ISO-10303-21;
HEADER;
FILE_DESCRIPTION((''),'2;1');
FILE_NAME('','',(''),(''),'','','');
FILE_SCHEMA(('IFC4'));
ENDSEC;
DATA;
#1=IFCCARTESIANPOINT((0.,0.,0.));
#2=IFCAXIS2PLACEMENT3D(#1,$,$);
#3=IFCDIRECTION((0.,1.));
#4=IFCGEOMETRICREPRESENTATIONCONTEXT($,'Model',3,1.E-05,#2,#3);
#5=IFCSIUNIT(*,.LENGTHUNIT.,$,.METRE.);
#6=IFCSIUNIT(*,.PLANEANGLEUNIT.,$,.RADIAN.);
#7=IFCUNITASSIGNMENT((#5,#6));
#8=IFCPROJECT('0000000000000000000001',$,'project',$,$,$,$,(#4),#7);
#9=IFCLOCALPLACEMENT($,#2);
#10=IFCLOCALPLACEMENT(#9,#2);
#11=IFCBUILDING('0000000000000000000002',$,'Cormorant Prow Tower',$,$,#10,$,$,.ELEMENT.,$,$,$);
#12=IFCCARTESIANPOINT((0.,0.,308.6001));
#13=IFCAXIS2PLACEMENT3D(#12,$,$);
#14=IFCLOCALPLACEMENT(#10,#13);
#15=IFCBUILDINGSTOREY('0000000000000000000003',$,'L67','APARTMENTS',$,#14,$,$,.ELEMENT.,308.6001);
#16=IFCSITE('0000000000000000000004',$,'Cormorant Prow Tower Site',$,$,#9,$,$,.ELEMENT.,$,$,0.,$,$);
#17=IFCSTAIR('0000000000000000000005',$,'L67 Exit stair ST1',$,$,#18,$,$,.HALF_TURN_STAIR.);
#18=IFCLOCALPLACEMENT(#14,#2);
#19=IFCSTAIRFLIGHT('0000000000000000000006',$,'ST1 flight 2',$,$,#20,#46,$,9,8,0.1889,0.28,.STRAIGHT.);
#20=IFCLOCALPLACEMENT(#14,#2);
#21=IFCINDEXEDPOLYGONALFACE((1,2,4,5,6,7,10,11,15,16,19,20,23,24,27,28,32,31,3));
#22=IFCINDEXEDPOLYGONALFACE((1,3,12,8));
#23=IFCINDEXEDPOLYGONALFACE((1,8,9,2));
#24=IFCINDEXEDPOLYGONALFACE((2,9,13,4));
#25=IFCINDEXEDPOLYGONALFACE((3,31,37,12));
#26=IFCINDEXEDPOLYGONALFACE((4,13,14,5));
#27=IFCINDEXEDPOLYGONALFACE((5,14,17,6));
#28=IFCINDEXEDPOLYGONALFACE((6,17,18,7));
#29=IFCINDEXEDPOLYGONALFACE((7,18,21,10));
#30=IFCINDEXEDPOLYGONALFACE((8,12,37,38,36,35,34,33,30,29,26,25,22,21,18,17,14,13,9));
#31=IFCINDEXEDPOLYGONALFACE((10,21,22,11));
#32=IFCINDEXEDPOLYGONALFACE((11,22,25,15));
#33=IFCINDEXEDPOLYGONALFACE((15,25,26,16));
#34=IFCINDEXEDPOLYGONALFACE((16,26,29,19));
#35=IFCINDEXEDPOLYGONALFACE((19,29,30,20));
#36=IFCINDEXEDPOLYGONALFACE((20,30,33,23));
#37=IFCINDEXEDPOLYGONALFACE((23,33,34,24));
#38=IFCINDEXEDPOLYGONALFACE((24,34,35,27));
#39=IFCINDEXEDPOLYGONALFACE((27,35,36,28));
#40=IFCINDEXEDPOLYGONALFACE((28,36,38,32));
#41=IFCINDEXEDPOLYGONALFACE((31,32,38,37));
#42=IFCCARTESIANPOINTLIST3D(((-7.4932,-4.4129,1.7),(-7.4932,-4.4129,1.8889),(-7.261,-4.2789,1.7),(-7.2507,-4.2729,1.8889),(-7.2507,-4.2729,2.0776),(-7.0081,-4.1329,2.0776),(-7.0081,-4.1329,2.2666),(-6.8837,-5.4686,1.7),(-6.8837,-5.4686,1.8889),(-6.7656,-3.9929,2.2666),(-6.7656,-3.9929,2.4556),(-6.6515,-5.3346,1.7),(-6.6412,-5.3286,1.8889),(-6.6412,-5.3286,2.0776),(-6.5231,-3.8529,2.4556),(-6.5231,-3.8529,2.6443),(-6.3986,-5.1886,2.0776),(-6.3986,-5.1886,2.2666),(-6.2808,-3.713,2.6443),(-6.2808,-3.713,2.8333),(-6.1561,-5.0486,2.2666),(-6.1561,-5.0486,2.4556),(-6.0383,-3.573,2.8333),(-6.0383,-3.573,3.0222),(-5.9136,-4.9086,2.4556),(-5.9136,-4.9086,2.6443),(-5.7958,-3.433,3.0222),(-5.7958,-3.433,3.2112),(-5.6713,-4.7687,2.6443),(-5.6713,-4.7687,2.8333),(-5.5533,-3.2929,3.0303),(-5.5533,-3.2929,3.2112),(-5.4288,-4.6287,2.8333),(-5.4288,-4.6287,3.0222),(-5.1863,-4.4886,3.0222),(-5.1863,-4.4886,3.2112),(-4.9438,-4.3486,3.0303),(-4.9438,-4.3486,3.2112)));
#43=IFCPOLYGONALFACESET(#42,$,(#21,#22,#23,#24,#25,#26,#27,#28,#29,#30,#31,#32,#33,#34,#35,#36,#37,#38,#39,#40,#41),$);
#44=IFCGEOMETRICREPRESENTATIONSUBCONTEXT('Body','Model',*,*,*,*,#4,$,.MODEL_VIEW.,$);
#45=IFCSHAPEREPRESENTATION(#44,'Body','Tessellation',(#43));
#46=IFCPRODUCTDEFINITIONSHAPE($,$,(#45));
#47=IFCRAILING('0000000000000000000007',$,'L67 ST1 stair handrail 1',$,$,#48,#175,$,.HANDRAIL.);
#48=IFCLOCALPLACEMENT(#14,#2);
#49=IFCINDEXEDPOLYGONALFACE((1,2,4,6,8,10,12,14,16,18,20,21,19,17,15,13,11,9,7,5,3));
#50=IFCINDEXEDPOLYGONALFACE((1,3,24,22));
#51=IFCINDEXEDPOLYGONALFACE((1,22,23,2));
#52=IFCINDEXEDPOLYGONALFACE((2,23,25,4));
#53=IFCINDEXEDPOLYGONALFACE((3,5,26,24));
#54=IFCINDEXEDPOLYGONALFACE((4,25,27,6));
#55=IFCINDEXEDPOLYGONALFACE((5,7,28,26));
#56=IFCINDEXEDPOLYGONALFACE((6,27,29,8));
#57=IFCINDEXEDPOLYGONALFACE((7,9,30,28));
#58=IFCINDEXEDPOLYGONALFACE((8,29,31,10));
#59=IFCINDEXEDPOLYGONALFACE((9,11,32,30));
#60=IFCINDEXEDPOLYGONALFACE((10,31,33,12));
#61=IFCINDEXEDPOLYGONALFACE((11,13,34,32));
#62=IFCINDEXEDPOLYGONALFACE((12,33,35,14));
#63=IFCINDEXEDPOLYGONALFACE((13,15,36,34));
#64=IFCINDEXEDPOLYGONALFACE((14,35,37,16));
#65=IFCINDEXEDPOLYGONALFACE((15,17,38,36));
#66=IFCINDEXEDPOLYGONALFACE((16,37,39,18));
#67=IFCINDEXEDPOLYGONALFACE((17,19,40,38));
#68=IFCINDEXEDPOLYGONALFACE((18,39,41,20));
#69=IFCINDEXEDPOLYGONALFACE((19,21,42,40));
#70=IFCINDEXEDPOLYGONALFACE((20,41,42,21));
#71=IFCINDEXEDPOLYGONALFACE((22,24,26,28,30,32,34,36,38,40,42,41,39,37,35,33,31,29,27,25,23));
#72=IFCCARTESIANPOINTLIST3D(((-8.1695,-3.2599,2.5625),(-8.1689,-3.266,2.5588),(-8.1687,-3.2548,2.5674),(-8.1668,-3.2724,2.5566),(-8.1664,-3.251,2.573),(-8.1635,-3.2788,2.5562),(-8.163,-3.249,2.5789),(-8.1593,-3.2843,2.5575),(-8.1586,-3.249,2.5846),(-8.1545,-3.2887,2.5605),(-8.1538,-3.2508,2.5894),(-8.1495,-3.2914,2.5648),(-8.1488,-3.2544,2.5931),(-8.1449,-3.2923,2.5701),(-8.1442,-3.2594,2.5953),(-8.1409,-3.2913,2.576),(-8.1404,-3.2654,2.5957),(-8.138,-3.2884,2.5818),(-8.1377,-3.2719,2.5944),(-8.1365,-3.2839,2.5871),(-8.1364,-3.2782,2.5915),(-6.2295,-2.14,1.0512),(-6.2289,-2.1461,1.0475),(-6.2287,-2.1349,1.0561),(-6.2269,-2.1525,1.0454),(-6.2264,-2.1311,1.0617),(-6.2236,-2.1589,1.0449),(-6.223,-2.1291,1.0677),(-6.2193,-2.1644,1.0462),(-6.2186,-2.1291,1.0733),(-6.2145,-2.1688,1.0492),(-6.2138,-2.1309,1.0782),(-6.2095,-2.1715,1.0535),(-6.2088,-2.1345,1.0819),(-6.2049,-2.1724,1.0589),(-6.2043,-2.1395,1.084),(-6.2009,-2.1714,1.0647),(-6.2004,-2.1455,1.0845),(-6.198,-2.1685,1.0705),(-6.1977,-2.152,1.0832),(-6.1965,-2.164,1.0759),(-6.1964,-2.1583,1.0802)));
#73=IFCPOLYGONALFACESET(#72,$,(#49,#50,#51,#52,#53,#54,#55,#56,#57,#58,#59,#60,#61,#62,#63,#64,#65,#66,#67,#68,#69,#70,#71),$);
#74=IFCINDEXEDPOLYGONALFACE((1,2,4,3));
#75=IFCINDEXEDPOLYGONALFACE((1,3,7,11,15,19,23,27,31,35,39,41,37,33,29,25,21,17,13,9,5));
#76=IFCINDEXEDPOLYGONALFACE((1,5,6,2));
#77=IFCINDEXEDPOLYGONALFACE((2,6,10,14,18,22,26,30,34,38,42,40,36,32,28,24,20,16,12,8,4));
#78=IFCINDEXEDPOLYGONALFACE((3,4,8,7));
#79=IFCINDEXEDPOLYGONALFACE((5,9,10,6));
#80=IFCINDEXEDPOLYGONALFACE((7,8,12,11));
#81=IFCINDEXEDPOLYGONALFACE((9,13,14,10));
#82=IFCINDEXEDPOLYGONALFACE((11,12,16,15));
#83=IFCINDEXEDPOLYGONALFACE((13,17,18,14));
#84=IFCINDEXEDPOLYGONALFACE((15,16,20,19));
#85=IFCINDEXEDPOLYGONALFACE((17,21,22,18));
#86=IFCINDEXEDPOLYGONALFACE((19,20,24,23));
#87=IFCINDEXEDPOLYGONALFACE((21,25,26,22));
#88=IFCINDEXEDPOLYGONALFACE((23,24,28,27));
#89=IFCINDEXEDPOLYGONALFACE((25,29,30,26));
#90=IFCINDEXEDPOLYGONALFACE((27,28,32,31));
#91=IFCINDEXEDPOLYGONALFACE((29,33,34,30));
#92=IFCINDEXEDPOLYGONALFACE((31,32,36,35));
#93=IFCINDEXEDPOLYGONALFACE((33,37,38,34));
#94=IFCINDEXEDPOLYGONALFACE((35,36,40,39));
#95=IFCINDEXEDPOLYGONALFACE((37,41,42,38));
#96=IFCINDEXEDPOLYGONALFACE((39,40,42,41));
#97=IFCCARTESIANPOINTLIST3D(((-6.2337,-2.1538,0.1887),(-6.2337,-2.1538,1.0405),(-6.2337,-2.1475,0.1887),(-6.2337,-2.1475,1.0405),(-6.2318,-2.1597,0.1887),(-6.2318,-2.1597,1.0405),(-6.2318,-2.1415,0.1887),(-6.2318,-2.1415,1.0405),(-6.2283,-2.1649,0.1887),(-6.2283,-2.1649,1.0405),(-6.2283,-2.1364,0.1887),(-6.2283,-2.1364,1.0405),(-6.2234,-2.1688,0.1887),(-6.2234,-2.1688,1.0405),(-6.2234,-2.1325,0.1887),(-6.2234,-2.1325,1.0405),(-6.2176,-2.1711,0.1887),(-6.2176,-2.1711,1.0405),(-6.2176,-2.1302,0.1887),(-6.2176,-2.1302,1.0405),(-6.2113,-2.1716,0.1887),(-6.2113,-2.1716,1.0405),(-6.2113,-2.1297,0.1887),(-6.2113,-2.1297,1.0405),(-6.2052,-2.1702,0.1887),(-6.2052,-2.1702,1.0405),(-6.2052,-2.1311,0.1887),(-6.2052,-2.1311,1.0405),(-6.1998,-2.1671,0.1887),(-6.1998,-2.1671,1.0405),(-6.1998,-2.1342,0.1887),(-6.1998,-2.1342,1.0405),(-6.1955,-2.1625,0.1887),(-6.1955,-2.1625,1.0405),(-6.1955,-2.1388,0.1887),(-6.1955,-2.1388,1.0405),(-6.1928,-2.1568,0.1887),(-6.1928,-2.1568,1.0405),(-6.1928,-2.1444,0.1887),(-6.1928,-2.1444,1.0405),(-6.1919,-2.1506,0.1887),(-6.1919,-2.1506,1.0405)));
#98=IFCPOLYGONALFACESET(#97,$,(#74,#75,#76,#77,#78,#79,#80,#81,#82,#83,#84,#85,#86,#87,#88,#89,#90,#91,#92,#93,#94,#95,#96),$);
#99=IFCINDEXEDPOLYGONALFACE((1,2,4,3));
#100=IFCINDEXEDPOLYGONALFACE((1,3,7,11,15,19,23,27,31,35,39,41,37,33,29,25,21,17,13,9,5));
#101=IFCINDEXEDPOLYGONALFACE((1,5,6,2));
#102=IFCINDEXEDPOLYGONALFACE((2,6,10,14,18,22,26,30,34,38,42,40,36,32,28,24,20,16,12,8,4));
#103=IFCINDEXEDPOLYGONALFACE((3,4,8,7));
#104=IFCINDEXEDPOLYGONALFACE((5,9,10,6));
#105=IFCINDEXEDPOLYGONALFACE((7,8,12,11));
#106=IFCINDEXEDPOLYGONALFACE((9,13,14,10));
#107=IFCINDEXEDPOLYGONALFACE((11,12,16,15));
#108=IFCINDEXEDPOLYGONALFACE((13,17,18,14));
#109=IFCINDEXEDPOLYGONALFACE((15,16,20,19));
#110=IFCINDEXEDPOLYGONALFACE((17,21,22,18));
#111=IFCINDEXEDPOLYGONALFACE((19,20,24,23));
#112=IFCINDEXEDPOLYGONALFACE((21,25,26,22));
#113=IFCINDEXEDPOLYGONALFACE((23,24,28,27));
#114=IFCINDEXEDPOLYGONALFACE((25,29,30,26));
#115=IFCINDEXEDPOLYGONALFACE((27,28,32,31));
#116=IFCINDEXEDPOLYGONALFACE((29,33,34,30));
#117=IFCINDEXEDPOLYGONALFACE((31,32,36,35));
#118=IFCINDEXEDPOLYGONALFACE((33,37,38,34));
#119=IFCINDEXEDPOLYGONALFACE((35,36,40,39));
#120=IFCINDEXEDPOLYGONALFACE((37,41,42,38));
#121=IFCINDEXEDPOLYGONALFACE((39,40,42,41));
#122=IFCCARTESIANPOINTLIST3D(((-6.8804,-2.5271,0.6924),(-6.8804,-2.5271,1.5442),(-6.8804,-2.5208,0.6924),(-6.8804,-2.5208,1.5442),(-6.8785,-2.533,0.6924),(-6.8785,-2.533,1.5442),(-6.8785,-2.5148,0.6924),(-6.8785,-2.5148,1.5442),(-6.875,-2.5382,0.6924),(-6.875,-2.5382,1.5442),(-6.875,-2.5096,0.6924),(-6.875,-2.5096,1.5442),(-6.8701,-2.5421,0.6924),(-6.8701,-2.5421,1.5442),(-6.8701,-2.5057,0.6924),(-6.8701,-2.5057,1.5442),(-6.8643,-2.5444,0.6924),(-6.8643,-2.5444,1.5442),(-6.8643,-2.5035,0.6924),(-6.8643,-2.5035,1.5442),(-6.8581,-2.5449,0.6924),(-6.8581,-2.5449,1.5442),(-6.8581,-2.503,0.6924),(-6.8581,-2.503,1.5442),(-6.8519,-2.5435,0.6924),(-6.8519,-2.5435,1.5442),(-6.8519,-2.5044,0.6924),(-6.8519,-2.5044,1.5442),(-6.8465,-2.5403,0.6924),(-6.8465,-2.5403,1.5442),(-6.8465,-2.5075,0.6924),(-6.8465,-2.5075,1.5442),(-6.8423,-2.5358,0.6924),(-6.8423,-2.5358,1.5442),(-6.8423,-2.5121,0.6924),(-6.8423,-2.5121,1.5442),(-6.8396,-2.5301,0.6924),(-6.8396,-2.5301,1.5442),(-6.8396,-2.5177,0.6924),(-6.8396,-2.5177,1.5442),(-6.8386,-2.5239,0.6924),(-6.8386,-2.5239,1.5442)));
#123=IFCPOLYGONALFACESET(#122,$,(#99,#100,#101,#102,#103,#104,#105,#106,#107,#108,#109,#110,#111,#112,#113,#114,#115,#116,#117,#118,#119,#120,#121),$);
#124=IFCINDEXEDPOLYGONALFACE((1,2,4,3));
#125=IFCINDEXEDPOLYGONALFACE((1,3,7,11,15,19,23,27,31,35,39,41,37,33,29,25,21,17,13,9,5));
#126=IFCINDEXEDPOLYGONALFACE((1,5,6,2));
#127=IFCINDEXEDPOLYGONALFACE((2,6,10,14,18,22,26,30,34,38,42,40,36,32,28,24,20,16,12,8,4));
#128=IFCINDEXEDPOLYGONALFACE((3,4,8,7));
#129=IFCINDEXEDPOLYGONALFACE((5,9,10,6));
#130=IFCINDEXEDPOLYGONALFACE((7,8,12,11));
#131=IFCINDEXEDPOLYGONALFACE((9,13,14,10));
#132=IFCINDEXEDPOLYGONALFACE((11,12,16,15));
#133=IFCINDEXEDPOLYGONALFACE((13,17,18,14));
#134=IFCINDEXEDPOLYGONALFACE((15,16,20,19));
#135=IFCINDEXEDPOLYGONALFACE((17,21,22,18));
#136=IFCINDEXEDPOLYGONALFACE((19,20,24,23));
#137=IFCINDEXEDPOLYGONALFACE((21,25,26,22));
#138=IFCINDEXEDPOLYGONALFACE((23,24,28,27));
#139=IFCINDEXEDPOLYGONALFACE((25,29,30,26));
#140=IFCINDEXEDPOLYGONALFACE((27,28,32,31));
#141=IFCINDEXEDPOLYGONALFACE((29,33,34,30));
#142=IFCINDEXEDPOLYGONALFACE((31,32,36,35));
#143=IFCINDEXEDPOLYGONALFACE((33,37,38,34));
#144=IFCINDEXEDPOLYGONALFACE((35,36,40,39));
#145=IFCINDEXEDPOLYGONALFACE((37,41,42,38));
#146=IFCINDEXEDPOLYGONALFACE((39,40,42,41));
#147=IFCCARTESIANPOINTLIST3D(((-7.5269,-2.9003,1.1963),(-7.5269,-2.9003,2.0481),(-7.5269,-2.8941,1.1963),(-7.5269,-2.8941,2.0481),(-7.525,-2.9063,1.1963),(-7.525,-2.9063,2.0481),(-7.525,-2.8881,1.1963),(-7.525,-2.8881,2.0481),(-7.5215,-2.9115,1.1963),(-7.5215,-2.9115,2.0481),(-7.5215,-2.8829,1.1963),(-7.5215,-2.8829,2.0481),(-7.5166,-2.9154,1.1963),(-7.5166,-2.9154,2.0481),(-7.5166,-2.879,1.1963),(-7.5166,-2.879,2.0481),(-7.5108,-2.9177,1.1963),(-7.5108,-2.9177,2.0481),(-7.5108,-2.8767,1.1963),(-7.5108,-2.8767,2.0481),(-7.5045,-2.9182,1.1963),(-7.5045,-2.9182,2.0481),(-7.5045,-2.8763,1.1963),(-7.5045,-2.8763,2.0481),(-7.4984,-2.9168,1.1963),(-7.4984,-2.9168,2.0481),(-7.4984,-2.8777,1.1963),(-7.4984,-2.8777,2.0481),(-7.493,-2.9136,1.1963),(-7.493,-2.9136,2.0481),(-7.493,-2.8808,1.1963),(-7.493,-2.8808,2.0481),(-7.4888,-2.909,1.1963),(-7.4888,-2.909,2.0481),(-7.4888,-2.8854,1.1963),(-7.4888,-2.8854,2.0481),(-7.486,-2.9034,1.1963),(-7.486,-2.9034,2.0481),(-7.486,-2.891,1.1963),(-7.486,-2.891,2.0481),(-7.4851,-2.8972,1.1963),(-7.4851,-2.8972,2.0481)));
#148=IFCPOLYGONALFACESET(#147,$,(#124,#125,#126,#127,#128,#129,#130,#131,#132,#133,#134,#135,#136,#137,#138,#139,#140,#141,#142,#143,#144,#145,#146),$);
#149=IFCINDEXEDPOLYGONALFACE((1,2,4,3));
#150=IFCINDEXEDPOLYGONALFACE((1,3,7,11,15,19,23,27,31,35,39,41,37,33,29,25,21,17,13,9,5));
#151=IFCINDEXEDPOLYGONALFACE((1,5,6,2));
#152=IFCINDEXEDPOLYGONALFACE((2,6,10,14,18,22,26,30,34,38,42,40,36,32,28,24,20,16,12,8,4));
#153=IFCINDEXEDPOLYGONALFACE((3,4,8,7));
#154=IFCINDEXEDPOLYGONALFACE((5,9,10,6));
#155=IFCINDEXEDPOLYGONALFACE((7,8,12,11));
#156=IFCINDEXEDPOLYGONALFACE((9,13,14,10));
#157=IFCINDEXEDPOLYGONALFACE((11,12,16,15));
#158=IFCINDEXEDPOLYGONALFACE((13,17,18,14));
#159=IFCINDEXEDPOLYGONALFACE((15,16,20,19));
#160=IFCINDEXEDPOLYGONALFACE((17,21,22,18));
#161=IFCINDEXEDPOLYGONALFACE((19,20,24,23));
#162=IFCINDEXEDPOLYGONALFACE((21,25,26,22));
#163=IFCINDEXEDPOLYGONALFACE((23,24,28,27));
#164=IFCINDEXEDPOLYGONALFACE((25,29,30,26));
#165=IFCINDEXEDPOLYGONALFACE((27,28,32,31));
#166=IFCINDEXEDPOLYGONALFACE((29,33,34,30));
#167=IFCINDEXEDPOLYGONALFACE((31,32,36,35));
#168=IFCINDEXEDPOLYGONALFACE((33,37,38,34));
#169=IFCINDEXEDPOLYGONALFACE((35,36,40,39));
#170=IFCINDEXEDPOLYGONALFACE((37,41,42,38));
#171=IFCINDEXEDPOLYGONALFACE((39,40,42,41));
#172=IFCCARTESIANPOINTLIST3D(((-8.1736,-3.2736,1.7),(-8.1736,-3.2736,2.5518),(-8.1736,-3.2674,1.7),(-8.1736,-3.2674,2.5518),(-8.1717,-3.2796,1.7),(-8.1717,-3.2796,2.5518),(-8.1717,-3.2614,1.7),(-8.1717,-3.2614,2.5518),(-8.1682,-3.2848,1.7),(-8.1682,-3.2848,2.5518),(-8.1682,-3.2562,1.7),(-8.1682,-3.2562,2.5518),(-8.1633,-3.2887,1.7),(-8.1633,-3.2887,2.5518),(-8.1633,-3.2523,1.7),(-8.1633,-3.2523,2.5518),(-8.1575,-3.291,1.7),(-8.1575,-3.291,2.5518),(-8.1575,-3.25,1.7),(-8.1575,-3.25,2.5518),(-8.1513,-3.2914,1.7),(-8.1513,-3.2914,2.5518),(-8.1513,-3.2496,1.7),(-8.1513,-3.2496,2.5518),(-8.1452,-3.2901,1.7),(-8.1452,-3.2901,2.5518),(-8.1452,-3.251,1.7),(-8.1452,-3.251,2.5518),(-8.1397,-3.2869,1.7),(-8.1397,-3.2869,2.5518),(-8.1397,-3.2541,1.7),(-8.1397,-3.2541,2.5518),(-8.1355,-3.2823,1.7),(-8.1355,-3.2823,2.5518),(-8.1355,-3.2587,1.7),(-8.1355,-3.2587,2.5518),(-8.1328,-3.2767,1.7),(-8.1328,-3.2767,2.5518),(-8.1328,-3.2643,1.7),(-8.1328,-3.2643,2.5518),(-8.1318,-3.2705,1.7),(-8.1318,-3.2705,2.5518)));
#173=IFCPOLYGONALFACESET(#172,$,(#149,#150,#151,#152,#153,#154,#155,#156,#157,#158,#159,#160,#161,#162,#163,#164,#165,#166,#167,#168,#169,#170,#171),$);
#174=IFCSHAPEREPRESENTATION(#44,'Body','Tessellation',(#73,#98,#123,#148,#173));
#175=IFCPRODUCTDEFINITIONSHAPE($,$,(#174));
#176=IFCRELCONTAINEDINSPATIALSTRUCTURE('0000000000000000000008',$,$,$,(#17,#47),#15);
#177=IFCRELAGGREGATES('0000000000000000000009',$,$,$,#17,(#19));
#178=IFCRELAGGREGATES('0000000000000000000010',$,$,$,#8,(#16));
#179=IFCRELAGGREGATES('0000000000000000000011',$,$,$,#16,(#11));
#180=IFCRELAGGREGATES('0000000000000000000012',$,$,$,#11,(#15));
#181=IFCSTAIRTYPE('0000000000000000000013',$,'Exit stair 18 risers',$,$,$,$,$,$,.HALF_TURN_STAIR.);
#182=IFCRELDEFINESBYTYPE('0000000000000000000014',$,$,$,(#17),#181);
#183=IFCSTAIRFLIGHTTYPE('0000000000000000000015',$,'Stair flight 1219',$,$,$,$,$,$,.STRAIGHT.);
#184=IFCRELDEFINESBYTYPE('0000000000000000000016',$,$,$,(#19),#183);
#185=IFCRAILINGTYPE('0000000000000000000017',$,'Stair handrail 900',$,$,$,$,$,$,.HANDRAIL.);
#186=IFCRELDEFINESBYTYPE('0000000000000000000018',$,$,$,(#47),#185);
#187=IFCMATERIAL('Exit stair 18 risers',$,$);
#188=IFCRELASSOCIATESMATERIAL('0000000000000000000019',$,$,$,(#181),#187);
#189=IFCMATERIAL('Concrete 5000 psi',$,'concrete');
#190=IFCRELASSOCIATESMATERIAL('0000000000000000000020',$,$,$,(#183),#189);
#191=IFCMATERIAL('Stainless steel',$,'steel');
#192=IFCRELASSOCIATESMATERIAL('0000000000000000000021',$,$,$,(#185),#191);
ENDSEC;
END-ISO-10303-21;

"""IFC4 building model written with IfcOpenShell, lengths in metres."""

from ifc_helpers import new_model, si_unit, direction, frame, origin, origin_2d, place, context, subcontext, project, spatial, polyline, circle, outline, extrude, material, type_object, element, aggregate, save


model = new_model("IFC4")

# Units and contexts
model_context = context("Model", 3, precision=1e-05, world=origin(), true_north=direction((0.0, 1.0)))
body_context = subcontext(model_context, "Body", "Model", "MODEL_VIEW")
ifc_project = project(units=[si_unit("LENGTHUNIT", "METRE"), si_unit("PLANEANGLEUNIT", "RADIAN")], contexts=[model_context])

# Site, building, storey
site_placement = place(None, origin())
site = spatial("IfcSite", under=ifc_project, at=site_placement, Name="Cormorant Prow Tower Site", CompositionType="ELEMENT", RefElevation=0.0)
building_placement = place(site_placement, origin())
building = spatial("IfcBuilding", under=site, at=building_placement, Name="Cormorant Prow Tower", CompositionType="ELEMENT")
storey_placement = place(building_placement, frame((0.0, 0.0, 308.6001)))
storey = spatial("IfcBuildingStorey", under=building, at=storey_placement, Name="L67", Description="APARTMENTS", CompositionType="ELEMENT", Elevation=308.6001)

# Stair, stair flight
ifc_material_1 = material(Name="Exit stair 18 risers")
stair_type = type_object("IfcStairType", Name="Exit stair 18 risers", PredefinedType="HALF_TURN_STAIR", material=ifc_material_1)
stair_placement = place(storey_placement, origin())
stair = element("IfcStair", 1, at=stair_placement, inside=storey, type_object=stair_type, Name="L67 Exit stair ST1", PredefinedType="HALF_TURN_STAIR")
ifc_material_2 = material(Name="Concrete 5000 psi", Category="concrete")
stair_flight_type = type_object("IfcStairFlightType", Name="Stair flight 1219", PredefinedType="STRAIGHT", material=ifc_material_2)
stair_flight_1_placement = place(storey_placement, frame((-7.1885, -4.9407, 1.7), z_axis=(0.0, 0.0, 1.0), x_axis=(0.866025, 0.5, 0.0)))
stair_flight_1 = element("IfcStairFlight", 2, at=stair_flight_1_placement, type_object=stair_flight_type, Name="ST1 flight 2", NumberOfRisers=9, NumberOfTreads=8, PredefinedType="STRAIGHT", RiserHeight=0.1889, TreadLength=0.28, context=body_context, shape_type="SweptSolid", body=[
    extrude(outline(polyline([(0.0, 0.0), (0.0, 0.189), (0.28, 0.189), (0.28, 0.3777), (0.5601, 0.3777), (0.5601, 0.5667), (0.8401, 0.5667), (0.8401, 0.7556), (1.1201, 0.7556), (1.1201, 0.9443), (1.3999, 0.9443), (1.3999, 1.1333), (1.6799, 1.1333), (1.6799, 1.3223), (1.96, 1.3223), (1.96, 1.5112), (2.24, 1.5112), (2.24, 1.7), (2.24, 1.3303), (0.2681, 0.0), (0.0, 0.0)])), frame((0.0, 0.6094, 0.0), z_axis=(0.0, -1.0, 0.0), x_axis=(1.0, 0.0, 0.0)), (0.0, 0.0, 1.0), 1.219),
])
aggregate(stair, [stair_flight_1])

# Railing
ifc_material_3 = material(Name="Stainless steel", Category="steel")
railing_type_1 = type_object("IfcRailingType", Name="Stair handrail 900", PredefinedType="HANDRAIL", material=ifc_material_3)
railing_1_placement = place(storey_placement, frame((-6.2129, -2.1506, 0.1887)))
element("IfcRailing", 3, at=railing_1_placement, inside=storey, type_object=railing_type_1, Name="L67 ST1 stair handrail 1", PredefinedType="HANDRAIL", context=body_context, shape_type="SweptSolid", body=[
    extrude(circle(Radius=0.0239, at=origin_2d()), frame((0.0, 0.0, 0.876), z_axis=(-0.71794, -0.414447, 0.559281), x_axis=(0.499949, -0.866055, 0.0)), (0.0, 0.0, 1.0), 2.7021),
    extrude(circle(Radius=0.021, at=origin_2d()), origin(), (0.0, 0.0, 1.0), 0.8518),
    extrude(circle(Radius=0.021, at=origin_2d()), frame((-0.6467, -0.3733, 0.5037)), (0.0, 0.0, 1.0), 0.8518),
    extrude(circle(Radius=0.021, at=origin_2d()), frame((-1.2932, -0.7466, 1.0076)), (0.0, 0.0, 1.0), 0.8518),
    extrude(circle(Radius=0.021, at=origin_2d()), frame((-1.9399, -1.1199, 1.5112)), (0.0, 0.0, 1.0), 0.8518),
])

save(model, "model.ifc")
